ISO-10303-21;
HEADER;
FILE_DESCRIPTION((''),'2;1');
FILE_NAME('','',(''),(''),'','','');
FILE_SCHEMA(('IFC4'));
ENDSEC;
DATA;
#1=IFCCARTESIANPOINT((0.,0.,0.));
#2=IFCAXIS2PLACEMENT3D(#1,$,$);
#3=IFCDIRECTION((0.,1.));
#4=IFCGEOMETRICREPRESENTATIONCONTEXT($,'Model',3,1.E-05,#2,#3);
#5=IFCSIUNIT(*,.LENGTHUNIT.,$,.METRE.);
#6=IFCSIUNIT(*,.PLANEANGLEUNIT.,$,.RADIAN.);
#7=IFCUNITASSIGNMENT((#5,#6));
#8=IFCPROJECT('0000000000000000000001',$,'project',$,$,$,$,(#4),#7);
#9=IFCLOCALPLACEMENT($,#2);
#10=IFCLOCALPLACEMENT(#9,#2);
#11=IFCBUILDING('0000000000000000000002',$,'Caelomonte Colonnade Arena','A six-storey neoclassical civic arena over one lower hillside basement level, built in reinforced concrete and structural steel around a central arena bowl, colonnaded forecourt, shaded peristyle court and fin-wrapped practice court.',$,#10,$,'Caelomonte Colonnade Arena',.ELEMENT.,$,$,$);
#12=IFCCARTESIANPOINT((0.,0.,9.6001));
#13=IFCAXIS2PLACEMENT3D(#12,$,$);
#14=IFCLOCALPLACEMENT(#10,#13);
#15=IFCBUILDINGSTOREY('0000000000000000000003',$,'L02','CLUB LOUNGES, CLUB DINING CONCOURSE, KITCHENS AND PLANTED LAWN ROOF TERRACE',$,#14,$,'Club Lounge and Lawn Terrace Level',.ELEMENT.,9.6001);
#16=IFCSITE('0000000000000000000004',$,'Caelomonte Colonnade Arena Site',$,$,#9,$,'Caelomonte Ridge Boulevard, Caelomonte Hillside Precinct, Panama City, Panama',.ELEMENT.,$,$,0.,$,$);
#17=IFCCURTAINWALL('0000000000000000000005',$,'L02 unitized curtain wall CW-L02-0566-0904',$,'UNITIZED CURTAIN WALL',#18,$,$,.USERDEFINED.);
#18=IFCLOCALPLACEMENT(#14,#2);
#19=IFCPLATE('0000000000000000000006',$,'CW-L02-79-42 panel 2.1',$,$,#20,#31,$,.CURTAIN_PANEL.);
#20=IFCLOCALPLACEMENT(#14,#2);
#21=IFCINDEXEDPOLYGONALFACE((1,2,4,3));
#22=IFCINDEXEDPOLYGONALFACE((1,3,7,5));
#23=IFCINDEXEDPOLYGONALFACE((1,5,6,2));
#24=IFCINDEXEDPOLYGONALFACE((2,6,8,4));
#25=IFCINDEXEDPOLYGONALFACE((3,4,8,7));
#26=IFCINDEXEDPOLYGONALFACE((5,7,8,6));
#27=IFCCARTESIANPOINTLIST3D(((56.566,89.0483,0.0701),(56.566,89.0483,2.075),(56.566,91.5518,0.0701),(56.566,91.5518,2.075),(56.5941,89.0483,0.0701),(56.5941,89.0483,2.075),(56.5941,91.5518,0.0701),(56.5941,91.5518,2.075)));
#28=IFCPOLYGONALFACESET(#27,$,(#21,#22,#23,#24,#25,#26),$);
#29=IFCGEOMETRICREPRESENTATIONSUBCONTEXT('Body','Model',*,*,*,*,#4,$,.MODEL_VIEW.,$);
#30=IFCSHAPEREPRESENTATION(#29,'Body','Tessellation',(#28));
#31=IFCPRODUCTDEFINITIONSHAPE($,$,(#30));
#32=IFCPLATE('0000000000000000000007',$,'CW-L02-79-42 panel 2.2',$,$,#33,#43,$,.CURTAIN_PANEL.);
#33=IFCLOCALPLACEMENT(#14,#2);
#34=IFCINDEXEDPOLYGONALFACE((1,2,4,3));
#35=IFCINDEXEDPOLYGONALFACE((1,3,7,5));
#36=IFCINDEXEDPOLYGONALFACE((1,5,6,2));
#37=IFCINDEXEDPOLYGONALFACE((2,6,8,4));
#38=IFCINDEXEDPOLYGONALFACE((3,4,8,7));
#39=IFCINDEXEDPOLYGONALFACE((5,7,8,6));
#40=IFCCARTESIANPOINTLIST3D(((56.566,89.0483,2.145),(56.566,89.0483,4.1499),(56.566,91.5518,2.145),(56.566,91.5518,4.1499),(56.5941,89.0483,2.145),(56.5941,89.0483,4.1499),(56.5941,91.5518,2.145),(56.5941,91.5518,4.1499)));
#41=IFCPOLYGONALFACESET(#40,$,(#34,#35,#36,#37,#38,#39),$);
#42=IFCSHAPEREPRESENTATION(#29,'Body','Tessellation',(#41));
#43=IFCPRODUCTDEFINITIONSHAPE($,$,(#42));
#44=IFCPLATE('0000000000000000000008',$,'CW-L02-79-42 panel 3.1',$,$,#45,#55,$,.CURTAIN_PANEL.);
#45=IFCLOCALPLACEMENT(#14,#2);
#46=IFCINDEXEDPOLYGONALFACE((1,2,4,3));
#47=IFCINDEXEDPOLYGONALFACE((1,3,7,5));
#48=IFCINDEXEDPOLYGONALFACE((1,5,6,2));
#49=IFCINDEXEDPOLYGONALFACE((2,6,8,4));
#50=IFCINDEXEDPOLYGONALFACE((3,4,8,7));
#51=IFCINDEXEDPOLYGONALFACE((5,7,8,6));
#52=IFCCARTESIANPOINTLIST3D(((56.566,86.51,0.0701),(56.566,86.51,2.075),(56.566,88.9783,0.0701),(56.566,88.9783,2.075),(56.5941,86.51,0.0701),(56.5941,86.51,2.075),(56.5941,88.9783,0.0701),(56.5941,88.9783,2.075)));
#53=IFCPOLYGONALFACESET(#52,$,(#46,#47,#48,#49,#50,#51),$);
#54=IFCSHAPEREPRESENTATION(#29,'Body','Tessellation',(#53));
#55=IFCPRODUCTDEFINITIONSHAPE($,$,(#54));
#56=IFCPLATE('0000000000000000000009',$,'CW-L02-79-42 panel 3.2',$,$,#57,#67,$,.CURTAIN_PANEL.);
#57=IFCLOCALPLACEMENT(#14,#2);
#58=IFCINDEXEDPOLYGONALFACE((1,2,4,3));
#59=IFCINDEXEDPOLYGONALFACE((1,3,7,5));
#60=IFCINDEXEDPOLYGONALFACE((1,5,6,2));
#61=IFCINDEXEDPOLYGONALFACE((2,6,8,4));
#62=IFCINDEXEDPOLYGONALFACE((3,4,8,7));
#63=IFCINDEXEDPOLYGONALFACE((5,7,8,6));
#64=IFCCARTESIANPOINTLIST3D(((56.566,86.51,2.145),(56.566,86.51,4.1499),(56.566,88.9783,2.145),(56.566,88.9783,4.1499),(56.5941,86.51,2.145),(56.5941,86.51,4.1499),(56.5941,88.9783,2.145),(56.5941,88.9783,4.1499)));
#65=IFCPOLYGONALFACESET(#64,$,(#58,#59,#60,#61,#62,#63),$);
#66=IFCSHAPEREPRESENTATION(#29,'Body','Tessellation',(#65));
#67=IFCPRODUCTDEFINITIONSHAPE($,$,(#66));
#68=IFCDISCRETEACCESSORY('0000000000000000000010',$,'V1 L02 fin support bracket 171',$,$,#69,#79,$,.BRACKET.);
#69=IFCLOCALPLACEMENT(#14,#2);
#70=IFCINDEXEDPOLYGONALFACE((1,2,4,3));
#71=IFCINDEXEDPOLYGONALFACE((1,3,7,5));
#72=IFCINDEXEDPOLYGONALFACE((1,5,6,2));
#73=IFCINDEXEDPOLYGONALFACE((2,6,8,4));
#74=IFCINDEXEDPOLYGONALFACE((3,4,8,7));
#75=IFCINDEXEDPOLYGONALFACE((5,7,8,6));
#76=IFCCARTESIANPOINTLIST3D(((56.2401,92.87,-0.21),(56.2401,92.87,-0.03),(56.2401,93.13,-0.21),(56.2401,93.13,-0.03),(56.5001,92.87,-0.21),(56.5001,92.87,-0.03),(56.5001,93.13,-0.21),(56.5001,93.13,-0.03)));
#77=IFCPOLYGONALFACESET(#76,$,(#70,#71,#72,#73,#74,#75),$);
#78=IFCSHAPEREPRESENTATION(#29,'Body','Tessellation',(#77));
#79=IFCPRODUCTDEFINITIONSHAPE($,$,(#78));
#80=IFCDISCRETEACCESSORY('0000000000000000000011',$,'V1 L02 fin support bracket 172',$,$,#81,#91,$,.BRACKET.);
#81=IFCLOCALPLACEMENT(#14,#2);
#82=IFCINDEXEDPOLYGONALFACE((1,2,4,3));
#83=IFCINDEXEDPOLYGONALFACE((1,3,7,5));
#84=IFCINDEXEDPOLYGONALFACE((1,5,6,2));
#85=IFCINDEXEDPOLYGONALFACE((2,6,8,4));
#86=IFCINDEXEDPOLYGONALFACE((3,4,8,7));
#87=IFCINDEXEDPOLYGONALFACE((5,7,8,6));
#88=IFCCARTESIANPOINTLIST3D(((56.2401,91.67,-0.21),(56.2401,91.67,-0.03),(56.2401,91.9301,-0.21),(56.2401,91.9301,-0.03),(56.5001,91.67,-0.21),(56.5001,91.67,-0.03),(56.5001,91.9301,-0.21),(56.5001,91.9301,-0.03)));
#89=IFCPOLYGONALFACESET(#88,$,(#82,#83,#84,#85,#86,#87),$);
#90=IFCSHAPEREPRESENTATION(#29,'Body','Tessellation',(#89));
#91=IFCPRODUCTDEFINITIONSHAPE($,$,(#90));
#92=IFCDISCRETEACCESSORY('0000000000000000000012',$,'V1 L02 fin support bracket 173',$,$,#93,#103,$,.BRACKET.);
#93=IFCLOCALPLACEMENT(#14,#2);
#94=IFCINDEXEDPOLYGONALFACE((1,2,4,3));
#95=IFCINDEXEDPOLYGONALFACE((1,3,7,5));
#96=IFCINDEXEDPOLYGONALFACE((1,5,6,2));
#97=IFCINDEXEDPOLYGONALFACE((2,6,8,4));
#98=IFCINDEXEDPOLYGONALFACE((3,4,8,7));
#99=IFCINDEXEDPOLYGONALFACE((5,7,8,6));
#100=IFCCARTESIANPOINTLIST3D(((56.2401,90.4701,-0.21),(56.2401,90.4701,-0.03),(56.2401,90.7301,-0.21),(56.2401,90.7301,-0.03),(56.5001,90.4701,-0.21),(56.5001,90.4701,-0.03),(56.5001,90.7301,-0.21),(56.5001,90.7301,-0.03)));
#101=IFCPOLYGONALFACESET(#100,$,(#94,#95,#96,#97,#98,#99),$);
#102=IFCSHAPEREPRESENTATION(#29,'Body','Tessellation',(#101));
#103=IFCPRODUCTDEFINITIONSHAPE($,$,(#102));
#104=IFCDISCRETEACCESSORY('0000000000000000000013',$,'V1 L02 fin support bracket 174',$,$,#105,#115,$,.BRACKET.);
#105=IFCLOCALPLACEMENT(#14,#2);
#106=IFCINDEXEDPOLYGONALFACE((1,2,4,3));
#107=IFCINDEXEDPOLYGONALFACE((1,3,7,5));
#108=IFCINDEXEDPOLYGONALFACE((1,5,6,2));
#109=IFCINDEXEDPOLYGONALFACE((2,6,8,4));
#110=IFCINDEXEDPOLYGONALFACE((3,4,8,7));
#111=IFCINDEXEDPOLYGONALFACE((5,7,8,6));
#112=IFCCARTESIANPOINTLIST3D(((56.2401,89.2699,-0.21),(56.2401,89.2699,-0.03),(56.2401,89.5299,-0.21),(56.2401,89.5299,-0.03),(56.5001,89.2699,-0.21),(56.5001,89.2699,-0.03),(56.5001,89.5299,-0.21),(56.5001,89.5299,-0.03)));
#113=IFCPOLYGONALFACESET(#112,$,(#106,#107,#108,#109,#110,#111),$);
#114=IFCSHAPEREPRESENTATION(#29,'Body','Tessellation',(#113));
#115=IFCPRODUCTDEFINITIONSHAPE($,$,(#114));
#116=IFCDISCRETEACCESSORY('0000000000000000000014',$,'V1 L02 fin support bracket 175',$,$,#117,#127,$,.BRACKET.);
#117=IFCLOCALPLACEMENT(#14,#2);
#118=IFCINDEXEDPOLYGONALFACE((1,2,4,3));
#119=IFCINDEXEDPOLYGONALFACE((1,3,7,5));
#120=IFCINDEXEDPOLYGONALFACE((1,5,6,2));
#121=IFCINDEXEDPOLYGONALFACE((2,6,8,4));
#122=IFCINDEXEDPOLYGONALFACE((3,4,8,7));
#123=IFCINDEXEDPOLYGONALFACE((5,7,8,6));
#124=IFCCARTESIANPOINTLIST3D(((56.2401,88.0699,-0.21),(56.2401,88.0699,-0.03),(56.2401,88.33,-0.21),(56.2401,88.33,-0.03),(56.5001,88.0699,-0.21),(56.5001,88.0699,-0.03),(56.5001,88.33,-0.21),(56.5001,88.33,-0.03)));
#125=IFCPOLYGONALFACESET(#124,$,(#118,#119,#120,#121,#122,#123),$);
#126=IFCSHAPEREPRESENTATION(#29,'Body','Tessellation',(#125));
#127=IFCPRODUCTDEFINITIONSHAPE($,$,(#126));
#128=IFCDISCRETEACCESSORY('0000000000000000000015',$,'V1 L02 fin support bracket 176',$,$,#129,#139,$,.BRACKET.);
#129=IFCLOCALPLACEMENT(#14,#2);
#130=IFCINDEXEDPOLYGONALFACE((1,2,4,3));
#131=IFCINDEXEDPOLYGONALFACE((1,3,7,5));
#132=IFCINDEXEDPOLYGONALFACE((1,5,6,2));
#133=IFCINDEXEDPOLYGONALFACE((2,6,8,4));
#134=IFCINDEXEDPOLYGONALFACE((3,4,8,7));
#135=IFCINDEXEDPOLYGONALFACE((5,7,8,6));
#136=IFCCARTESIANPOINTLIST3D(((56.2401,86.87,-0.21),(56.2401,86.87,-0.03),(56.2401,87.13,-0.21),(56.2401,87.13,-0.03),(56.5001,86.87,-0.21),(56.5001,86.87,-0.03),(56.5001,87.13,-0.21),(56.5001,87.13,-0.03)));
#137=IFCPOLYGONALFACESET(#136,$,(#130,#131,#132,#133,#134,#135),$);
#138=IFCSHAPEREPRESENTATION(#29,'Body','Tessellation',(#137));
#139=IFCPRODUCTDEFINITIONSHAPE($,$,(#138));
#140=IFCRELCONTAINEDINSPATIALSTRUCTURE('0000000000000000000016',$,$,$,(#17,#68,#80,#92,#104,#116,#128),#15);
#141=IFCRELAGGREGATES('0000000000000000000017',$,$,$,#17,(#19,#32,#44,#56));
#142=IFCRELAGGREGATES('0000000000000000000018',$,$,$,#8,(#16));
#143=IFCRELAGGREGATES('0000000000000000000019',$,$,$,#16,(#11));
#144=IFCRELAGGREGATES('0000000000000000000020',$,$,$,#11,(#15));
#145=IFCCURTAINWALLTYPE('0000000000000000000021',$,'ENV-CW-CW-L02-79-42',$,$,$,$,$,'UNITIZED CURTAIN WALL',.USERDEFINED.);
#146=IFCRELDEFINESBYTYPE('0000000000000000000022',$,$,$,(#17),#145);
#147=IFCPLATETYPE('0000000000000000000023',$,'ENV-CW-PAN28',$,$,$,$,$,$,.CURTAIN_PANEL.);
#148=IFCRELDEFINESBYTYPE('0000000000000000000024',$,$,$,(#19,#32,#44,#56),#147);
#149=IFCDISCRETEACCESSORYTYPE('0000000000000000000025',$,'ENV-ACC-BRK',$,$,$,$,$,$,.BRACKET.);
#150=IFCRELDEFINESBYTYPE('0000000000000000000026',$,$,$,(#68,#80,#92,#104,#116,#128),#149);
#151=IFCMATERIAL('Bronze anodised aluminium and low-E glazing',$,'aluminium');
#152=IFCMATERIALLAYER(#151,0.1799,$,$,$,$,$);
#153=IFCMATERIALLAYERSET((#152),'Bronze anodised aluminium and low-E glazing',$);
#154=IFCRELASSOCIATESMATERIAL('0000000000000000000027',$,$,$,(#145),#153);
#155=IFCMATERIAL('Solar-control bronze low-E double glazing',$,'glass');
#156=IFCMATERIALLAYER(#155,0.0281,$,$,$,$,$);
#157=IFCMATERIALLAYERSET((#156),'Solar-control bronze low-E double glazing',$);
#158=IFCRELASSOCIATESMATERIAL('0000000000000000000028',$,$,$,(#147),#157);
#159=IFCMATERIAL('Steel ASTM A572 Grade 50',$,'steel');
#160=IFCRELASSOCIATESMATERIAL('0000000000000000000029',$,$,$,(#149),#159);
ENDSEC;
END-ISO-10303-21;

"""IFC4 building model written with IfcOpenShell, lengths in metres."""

from ifc_helpers import new_model, si_unit, direction, frame, origin, origin_2d, place, context, subcontext, project, spatial, rectangle, extrude, material, layer, layer_set, type_object, element, aggregate, save


model = new_model("IFC4")

# Units and contexts
model_context = context("Model", 3, precision=1e-05, world=origin(), true_north=direction((0.0, 1.0)))
body_context = subcontext(model_context, "Body", "Model", "MODEL_VIEW")
ifc_project = project(units=[si_unit("LENGTHUNIT", "METRE"), si_unit("PLANEANGLEUNIT", "RADIAN")], contexts=[model_context])

# Site, building, storey
site_placement = place(None, origin())
site = spatial("IfcSite", under=ifc_project, at=site_placement, Name="Caelomonte Colonnade Arena Site", LongName="Caelomonte Ridge Boulevard, Caelomonte Hillside Precinct, Panama City, Panama", CompositionType="ELEMENT", RefElevation=0.0)
building_placement = place(site_placement, origin())
building = spatial("IfcBuilding", under=site, at=building_placement, Name="Caelomonte Colonnade Arena", Description="A six-storey neoclassical civic arena over one lower hillside basement level, built in reinforced concrete and structural steel around a central arena bowl, colonnaded forecourt, shaded peristyle court and fin-wrapped practice court.", LongName="Caelomonte Colonnade Arena", CompositionType="ELEMENT")
storey_placement = place(building_placement, frame((0.0, 0.0, 9.6001)))
storey = spatial("IfcBuildingStorey", under=building, at=storey_placement, Name="L02", Description="CLUB LOUNGES, CLUB DINING CONCOURSE, KITCHENS AND PLANTED LAWN ROOF TERRACE", LongName="Club Lounge and Lawn Terrace Level", CompositionType="ELEMENT", Elevation=9.6001)

# Curtain wall, plates
ifc_material_1 = material(Name="Bronze anodised aluminium and low-E glazing", Category="aluminium")
ifc_layer_1 = layer(ifc_material_1, 0.1799)
ifc_layer_set_1 = layer_set([ifc_layer_1], Name="Bronze anodised aluminium and low-E glazing")
curtain_wall_type = type_object("IfcCurtainWallType", Name="ENV-CW-CW-L02-79-42", ElementType="UNITIZED CURTAIN WALL", PredefinedType="USERDEFINED", material=ifc_layer_set_1)
curtain_wall_placement = place(storey_placement, origin())
curtain_wall = element("IfcCurtainWall", 1, at=curtain_wall_placement, inside=storey, type_object=curtain_wall_type, Name="L02 unitized curtain wall CW-L02-0566-0904", ObjectType="UNITIZED CURTAIN WALL", PredefinedType="USERDEFINED")
ifc_material_2 = material(Name="Solar-control bronze low-E double glazing", Category="glass")
ifc_layer_2 = layer(ifc_material_2, 0.0281)
ifc_layer_set_2 = layer_set([ifc_layer_2], Name="Solar-control bronze low-E double glazing")
plate_type = type_object("IfcPlateType", Name="ENV-CW-PAN28", PredefinedType="CURTAIN_PANEL", material=ifc_layer_set_2)
plate_1_placement = place(storey_placement, frame((56.5801, 90.3, 0.0701), z_axis=(0.0, 0.0, 1.0), x_axis=(0.0, -1.0, 0.0)))
plate_1 = element("IfcPlate", 2, at=plate_1_placement, type_object=plate_type, Name="CW-L02-79-42 panel 2.1", PredefinedType="CURTAIN_PANEL", context=body_context, shape_type="SweptSolid", body=[
    extrude(rectangle(XDim=2.5034, YDim=0.0281, at=origin_2d()), origin(), (0.0, 0.0, 1.0), 2.0049),
])
plate_2_placement = place(storey_placement, frame((56.5801, 90.3, 2.145), z_axis=(0.0, 0.0, 1.0), x_axis=(0.0, -1.0, 0.0)))
plate_2 = element("IfcPlate", 3, at=plate_2_placement, type_object=plate_type, Name="CW-L02-79-42 panel 2.2", PredefinedType="CURTAIN_PANEL", context=body_context, shape_type="SweptSolid", body=[
    extrude(rectangle(XDim=2.5034, YDim=0.0281, at=origin_2d()), origin(), (0.0, 0.0, 1.0), 2.0049),
])
plate_3_placement = place(storey_placement, frame((56.5801, 87.7441, 0.0701), z_axis=(0.0, 0.0, 1.0), x_axis=(0.0, -1.0, 0.0)))
plate_3 = element("IfcPlate", 4, at=plate_3_placement, type_object=plate_type, Name="CW-L02-79-42 panel 3.1", PredefinedType="CURTAIN_PANEL", context=body_context, shape_type="SweptSolid", body=[
    extrude(rectangle(XDim=2.4683, YDim=0.0281, at=origin_2d()), origin(), (0.0, 0.0, 1.0), 2.0049),
])
plate_4_placement = place(storey_placement, frame((56.5801, 87.7441, 2.145), z_axis=(0.0, 0.0, 1.0), x_axis=(0.0, -1.0, 0.0)))
plate_4 = element("IfcPlate", 5, at=plate_4_placement, type_object=plate_type, Name="CW-L02-79-42 panel 3.2", PredefinedType="CURTAIN_PANEL", context=body_context, shape_type="SweptSolid", body=[
    extrude(rectangle(XDim=2.4683, YDim=0.0281, at=origin_2d()), origin(), (0.0, 0.0, 1.0), 2.0049),
])
aggregate(curtain_wall, [plate_1, plate_2, plate_3, plate_4])

# Discrete accessories
ifc_material_3 = material(Name="Steel ASTM A572 Grade 50", Category="steel")
discrete_accessory_type = type_object("IfcDiscreteAccessoryType", Name="ENV-ACC-BRK", PredefinedType="BRACKET", material=ifc_material_3)
for number, where, z_axis, x_axis, name in (
    (6, (56.3701, 93.0, -0.21), (0.0, 0.0, 1.0), (0.0, -1.0, 0.0), "V1 L02 fin support bracket 171"),
    (7, (56.3701, 91.8, -0.21), (0.0, 0.0, 1.0), (0.0, -1.0, 0.0), "V1 L02 fin support bracket 172"),
    (8, (56.3701, 90.6001, -0.21), (0.0, 0.0, 1.0), (0.0, -1.0, 0.0), "V1 L02 fin support bracket 173"),
    (9, (56.3701, 89.3999, -0.21), (0.0, 0.0, 1.0), (0.0, -1.0, 0.0), "V1 L02 fin support bracket 174"),
    (10, (56.3701, 88.2, -0.21), (0.0, 0.0, 1.0), (0.0, -1.0, 0.0), "V1 L02 fin support bracket 175"),
    (11, (56.3701, 87.0, -0.21), (0.0, 0.0, 1.0), (0.0, -1.0, 0.0), "V1 L02 fin support bracket 176"),
):
    element("IfcDiscreteAccessory", number, at=place(storey_placement, frame(where, z_axis=z_axis, x_axis=x_axis)), inside=storey, type_object=discrete_accessory_type, Name=name, PredefinedType="BRACKET", context=body_context, shape_type="SweptSolid", body=[
        extrude(rectangle(XDim=0.26, YDim=0.26, at=origin_2d()), origin(), (0.0, 0.0, 1.0), 0.1799),
    ])

save(model, "model.ifc")
